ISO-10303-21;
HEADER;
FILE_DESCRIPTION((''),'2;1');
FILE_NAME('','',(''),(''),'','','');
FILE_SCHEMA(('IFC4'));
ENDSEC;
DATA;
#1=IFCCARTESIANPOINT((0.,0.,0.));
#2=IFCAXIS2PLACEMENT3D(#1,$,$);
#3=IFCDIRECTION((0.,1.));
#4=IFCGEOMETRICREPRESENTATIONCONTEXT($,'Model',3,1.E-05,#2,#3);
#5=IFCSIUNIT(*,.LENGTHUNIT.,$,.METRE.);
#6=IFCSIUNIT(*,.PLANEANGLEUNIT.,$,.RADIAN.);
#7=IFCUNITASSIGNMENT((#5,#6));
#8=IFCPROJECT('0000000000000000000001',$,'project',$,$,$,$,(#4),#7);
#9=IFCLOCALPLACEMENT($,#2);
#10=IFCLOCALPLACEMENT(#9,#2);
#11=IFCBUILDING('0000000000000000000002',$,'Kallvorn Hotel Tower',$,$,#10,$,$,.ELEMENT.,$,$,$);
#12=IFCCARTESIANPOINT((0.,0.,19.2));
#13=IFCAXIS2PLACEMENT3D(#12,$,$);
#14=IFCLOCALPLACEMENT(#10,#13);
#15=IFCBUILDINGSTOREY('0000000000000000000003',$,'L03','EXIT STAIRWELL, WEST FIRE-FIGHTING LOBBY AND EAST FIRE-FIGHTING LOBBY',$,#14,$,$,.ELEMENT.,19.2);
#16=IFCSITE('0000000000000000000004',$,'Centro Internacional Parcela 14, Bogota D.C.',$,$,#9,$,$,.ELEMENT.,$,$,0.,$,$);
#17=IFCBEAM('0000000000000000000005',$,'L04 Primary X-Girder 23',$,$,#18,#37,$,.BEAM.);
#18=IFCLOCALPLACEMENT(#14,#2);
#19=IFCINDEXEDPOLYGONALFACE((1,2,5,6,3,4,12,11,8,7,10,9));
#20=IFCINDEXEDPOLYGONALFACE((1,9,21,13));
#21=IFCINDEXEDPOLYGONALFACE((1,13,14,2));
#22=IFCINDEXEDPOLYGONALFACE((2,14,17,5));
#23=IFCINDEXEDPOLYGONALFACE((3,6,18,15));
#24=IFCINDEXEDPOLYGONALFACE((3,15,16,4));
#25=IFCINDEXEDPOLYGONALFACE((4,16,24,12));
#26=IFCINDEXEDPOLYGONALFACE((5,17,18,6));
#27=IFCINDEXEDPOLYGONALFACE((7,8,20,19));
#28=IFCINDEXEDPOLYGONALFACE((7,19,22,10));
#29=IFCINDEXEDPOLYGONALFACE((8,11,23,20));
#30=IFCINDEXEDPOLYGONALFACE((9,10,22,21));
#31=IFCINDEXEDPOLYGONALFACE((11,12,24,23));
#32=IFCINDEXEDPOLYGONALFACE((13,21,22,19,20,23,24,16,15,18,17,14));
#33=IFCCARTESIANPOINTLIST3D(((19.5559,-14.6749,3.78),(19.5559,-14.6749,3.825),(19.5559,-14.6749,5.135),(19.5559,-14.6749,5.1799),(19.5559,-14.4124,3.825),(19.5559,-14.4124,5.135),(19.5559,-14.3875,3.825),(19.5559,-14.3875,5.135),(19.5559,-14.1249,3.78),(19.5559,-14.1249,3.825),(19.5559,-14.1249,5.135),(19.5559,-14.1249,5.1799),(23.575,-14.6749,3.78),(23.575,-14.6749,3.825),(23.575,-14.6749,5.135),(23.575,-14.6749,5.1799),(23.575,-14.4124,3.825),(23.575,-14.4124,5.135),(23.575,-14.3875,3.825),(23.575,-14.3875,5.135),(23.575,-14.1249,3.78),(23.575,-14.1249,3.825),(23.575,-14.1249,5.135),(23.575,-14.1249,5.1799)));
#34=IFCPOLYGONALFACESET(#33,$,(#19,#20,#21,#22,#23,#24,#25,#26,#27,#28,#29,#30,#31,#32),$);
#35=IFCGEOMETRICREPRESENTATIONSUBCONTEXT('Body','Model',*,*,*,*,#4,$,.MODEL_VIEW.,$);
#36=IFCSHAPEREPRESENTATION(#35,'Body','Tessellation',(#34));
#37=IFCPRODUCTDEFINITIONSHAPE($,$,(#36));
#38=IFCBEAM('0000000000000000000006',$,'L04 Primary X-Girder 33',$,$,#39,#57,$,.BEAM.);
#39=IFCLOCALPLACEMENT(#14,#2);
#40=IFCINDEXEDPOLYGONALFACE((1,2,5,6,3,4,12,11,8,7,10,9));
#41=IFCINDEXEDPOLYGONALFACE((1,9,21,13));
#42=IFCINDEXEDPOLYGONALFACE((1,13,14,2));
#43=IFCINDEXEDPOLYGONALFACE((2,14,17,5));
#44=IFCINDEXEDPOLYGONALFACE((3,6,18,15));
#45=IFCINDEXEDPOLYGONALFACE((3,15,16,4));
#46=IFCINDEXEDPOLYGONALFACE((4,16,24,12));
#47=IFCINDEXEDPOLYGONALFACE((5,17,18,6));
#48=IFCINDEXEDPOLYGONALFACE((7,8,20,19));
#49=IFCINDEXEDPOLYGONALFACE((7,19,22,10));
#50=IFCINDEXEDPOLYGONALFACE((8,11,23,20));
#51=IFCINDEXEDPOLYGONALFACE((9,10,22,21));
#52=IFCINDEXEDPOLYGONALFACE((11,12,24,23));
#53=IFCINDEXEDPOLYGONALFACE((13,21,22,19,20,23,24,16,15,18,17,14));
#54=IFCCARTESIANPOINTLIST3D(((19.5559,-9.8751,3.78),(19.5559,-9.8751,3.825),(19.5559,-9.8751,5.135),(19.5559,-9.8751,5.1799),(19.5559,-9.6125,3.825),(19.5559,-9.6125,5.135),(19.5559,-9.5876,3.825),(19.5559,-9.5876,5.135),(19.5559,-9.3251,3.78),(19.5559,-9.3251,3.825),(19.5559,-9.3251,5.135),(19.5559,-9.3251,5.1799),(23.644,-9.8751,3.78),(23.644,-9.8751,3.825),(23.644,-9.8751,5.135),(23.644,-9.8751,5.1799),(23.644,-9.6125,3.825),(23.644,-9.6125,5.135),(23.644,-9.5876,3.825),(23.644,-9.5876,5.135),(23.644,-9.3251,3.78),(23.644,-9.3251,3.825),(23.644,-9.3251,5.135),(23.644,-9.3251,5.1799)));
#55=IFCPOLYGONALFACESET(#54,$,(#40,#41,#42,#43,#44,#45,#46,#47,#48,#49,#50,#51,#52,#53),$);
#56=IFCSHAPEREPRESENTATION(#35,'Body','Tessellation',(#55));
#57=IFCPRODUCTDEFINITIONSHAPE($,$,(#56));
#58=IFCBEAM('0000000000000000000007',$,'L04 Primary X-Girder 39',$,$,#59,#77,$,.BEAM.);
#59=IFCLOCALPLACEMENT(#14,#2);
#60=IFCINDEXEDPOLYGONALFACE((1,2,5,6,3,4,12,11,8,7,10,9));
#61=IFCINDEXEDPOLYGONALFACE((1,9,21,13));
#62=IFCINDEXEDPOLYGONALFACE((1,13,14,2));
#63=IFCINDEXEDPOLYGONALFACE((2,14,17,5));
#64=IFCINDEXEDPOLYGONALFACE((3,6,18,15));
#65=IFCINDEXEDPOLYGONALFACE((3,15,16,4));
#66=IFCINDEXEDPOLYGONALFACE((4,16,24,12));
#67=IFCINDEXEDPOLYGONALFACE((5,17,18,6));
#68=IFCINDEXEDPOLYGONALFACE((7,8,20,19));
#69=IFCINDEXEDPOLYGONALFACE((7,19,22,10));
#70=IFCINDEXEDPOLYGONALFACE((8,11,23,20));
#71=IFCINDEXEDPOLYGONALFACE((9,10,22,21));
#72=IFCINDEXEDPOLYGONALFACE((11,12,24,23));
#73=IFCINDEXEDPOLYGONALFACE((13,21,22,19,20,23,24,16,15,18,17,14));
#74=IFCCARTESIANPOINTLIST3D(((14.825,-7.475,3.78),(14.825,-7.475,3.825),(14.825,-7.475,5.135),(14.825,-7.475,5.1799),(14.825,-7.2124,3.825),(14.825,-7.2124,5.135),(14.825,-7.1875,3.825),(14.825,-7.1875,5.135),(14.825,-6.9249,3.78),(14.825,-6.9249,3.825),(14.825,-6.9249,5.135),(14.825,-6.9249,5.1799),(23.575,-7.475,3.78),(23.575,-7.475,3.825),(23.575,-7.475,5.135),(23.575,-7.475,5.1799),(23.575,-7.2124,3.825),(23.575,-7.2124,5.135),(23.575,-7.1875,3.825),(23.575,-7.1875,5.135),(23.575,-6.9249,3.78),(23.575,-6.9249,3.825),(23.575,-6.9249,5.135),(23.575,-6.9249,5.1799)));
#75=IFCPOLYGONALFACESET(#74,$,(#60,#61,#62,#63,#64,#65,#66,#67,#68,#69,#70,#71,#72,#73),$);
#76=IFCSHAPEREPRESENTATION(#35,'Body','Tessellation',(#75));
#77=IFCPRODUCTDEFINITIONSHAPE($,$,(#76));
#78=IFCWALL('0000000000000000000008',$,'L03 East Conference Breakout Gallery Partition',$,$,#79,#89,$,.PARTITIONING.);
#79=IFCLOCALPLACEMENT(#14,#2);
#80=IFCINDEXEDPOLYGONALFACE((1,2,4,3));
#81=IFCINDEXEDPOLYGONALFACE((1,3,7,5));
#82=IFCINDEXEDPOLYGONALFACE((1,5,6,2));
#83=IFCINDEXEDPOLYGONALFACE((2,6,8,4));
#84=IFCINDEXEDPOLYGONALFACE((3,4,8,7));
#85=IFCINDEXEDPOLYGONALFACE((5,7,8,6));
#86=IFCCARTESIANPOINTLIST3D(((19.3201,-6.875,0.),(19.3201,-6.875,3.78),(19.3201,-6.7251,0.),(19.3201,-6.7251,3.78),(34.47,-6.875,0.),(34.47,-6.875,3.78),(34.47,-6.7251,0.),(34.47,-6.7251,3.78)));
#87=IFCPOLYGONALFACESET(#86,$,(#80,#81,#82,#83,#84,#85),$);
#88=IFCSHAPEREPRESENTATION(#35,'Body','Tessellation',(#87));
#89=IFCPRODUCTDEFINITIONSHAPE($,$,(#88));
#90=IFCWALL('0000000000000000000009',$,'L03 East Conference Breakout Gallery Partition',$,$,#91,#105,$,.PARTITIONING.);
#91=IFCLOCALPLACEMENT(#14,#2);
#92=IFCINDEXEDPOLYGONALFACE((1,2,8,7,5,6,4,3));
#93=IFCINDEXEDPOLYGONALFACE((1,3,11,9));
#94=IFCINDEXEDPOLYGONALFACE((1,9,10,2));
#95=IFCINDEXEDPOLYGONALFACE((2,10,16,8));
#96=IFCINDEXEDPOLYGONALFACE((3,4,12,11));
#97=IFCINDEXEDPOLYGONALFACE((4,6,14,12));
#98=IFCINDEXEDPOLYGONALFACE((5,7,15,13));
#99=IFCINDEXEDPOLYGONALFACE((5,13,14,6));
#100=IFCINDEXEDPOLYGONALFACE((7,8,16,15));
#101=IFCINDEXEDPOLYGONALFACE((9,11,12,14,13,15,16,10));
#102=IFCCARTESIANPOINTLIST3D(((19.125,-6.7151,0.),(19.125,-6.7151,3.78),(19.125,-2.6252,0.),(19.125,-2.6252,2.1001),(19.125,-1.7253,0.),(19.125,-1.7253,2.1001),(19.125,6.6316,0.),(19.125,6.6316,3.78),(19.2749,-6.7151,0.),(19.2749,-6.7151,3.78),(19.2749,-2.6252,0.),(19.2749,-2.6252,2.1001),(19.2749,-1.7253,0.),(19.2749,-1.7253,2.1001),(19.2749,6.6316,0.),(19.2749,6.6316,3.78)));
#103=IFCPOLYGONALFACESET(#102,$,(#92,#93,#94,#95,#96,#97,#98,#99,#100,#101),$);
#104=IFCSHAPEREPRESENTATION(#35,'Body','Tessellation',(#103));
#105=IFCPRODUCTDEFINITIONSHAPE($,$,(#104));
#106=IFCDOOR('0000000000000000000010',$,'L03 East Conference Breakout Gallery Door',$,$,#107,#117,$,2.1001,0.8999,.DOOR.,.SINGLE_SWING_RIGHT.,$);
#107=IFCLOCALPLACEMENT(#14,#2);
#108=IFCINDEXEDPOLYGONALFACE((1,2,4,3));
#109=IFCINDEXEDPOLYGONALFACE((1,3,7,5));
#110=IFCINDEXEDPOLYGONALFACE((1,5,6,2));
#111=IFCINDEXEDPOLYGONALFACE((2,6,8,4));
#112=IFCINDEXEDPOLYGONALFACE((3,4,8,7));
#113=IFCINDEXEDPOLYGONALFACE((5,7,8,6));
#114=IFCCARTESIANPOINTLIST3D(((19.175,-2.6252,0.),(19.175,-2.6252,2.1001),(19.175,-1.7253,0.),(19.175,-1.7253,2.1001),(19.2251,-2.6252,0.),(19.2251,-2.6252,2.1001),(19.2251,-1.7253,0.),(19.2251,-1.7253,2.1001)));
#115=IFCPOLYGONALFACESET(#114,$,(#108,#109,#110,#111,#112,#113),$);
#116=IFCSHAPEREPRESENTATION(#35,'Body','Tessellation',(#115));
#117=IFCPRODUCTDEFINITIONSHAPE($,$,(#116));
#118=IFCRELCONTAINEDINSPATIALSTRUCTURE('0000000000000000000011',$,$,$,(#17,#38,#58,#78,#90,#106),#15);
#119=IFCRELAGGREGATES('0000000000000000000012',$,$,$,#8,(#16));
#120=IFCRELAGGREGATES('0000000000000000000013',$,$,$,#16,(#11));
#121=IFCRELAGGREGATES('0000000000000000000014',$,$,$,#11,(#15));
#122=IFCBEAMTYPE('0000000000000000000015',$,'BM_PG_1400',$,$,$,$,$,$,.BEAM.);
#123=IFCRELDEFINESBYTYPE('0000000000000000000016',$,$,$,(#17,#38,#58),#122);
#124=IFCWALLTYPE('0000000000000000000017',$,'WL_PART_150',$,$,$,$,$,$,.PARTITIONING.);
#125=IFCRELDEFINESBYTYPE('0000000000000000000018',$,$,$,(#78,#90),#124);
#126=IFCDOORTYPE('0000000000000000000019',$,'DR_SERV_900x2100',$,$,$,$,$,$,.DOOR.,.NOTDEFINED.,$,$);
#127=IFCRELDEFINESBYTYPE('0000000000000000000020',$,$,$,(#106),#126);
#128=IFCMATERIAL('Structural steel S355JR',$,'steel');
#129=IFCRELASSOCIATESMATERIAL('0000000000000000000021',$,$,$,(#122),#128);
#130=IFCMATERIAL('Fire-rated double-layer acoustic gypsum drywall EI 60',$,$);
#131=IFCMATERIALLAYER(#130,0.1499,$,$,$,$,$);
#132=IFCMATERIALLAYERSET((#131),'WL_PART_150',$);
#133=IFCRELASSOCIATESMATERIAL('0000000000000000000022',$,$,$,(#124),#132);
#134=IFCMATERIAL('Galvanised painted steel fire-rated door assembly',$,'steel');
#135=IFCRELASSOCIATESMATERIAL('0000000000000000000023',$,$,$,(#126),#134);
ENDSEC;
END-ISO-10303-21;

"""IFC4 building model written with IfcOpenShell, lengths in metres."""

from ifc_helpers import new_model, si_unit, direction, frame, frame_2d, origin, origin_2d, place, context, subcontext, project, spatial, rectangle, i_section, extrude, material, layer, layer_set, material_profile, profile_set, type_object, element, fill, save


model = new_model("IFC4")

# Units and contexts
model_context = context("Model", 3, precision=1e-05, world=origin(), true_north=direction((0.0, 1.0)))
body_context = subcontext(model_context, "Body", "Model", "MODEL_VIEW")
ifc_project = project(units=[si_unit("LENGTHUNIT", "METRE"), si_unit("PLANEANGLEUNIT", "RADIAN")], contexts=[model_context])

# Site, building, storey
site_placement = place(None, origin())
site = spatial("IfcSite", under=ifc_project, at=site_placement, Name="Centro Internacional Parcela 14, Bogota D.C.", CompositionType="ELEMENT", RefElevation=0.0)
building_placement = place(site_placement, origin())
building = spatial("IfcBuilding", under=site, at=building_placement, Name="Kallvorn Hotel Tower", CompositionType="ELEMENT")
storey_placement = place(building_placement, frame((0.0, 0.0, 19.2)))
storey = spatial("IfcBuildingStorey", under=building, at=storey_placement, Name="L03", Description="EXIT STAIRWELL, WEST FIRE-FIGHTING LOBBY AND EAST FIRE-FIGHTING LOBBY", CompositionType="ELEMENT", Elevation=19.2)

# Beams
ifc_material_1 = material(Name="Structural steel S355JR", Category="steel")
ifc_material_profile_1 = material_profile(ifc_material_1, i_section(OverallWidth=0.55, OverallDepth=1.3999, WebThickness=0.0249, FlangeThickness=0.0449, at=origin_2d()), Name="PG 1400x550x25x45")
ifc_profile_set_1 = profile_set([ifc_material_profile_1], Name="Structural steel S355JR")
beam_type_1 = type_object("IfcBeamType", Name="BM_PG_1400", PredefinedType="BEAM", material=ifc_profile_set_1)
for number, where, z_axis, x_axis, name in (
    (1, (19.5559, -14.3999, 4.48), (1.0, 0.0, 0.0), (0.0, 1.0, 0.0), "L04 Primary X-Girder 23"),
):
    element("IfcBeam", number, at=place(storey_placement, frame(where, z_axis=z_axis, x_axis=x_axis)), inside=storey, type_object=beam_type_1, Name=name, PredefinedType="BEAM", context=body_context, shape_type="SweptSolid", body=[
        extrude(i_section(OverallWidth=0.55, OverallDepth=1.3999, WebThickness=0.0249, FlangeThickness=0.0449, at=origin_2d()), origin(), (0.0, 0.0, 1.0), 4.019),
    ])
beam_1_placement = place(storey_placement, frame((19.5559, -9.6001, 4.48), z_axis=(1.0, 0.0, 0.0), x_axis=(0.0, 1.0, 0.0)))
element("IfcBeam", 2, at=beam_1_placement, inside=storey, type_object=beam_type_1, Name="L04 Primary X-Girder 33", PredefinedType="BEAM", context=body_context, shape_type="SweptSolid", body=[
    extrude(i_section(OverallWidth=0.55, OverallDepth=1.3999, WebThickness=0.0249, FlangeThickness=0.0449, at=origin_2d()), origin(), (0.0, 0.0, 1.0), 4.0881),
])
beam_2_placement = place(storey_placement, frame((14.825, -7.2, 4.48), z_axis=(1.0, 0.0, 0.0), x_axis=(0.0, 1.0, 0.0)))
element("IfcBeam", 3, at=beam_2_placement, inside=storey, type_object=beam_type_1, Name="L04 Primary X-Girder 39", PredefinedType="BEAM", context=body_context, shape_type="SweptSolid", body=[
    extrude(i_section(OverallWidth=0.55, OverallDepth=1.3999, WebThickness=0.0249, FlangeThickness=0.0449, at=origin_2d()), origin(), (0.0, 0.0, 1.0), 8.75),
])

# Wall
ifc_material_2 = material(Name="Fire-rated double-layer acoustic gypsum drywall EI 60")
ifc_layer = layer(ifc_material_2, 0.1499)
ifc_layer_set = layer_set([ifc_layer], Name="WL_PART_150")
wall_type = type_object("IfcWallType", Name="WL_PART_150", PredefinedType="PARTITIONING", material=ifc_layer_set)
wall_1_placement = place(storey_placement, frame((19.3201, -6.8, 0.0), z_axis=(0.0, 0.0, 1.0), x_axis=(1.0, 0.0, 0.0)))
element("IfcWall", 4, at=wall_1_placement, inside=storey, type_object=wall_type, Name="L03 East Conference Breakout Gallery Partition", PredefinedType="PARTITIONING", context=body_context, shape_type="SweptSolid", body=[
    extrude(rectangle(XDim=15.1499, YDim=0.1499, at=frame_2d((7.575, 0.0))), origin(), (0.0, 0.0, 1.0), 3.78),
])

# Wall, opening, door
wall_2_placement = place(storey_placement, frame((19.2, -6.7151, 0.0), z_axis=(0.0, 0.0, 1.0), x_axis=(0.0, 1.0, 0.0)))
wall_2 = element("IfcWall", 5, at=wall_2_placement, inside=storey, type_object=wall_type, Name="L03 East Conference Breakout Gallery Partition", PredefinedType="PARTITIONING", context=body_context, shape_type="SweptSolid", body=[
    extrude(rectangle(XDim=13.3467, YDim=0.1499, at=frame_2d((6.6733, 0.0))), origin(), (0.0, 0.0, 1.0), 3.78),
])
opening_placement = place(wall_2_placement, frame((4.0898, 0.0, 0.0)))
opening = element("IfcOpeningElement", 6, at=opening_placement, cuts=wall_2, PredefinedType="OPENING", context=body_context, shape_type="SweptSolid", body=[
    extrude(rectangle(XDim=0.8999, YDim=2.1001, at=frame_2d((0.45, 1.05))), frame((0.0, 0.0898, 0.0), z_axis=(0.0, -1.0, 0.0), x_axis=(1.0, 0.0, 0.0)), (0.0, 0.0, 1.0), 0.1799),
])
ifc_material_3 = material(Name="Galvanised painted steel fire-rated door assembly", Category="steel")
door_type = type_object("IfcDoorType", Name="DR_SERV_900x2100", OperationType="NOTDEFINED", PredefinedType="DOOR", material=ifc_material_3)
door_placement = place(opening_placement, origin())
door = element("IfcDoor", 7, at=door_placement, inside=storey, type_object=door_type, Name="L03 East Conference Breakout Gallery Door", OperationType="SINGLE_SWING_RIGHT", OverallHeight=2.1001, OverallWidth=0.8999, PredefinedType="DOOR", context=body_context, shape_type="SweptSolid", body=[
    extrude(rectangle(XDim=0.8999, YDim=2.1001, at=frame_2d((0.45, 1.05))), frame((0.0, 0.0249, 0.0), z_axis=(0.0, -1.0, 0.0), x_axis=(1.0, 0.0, 0.0)), (0.0, 0.0, 1.0), 0.05),
])
fill(opening, door)

save(model, "model.ifc")
